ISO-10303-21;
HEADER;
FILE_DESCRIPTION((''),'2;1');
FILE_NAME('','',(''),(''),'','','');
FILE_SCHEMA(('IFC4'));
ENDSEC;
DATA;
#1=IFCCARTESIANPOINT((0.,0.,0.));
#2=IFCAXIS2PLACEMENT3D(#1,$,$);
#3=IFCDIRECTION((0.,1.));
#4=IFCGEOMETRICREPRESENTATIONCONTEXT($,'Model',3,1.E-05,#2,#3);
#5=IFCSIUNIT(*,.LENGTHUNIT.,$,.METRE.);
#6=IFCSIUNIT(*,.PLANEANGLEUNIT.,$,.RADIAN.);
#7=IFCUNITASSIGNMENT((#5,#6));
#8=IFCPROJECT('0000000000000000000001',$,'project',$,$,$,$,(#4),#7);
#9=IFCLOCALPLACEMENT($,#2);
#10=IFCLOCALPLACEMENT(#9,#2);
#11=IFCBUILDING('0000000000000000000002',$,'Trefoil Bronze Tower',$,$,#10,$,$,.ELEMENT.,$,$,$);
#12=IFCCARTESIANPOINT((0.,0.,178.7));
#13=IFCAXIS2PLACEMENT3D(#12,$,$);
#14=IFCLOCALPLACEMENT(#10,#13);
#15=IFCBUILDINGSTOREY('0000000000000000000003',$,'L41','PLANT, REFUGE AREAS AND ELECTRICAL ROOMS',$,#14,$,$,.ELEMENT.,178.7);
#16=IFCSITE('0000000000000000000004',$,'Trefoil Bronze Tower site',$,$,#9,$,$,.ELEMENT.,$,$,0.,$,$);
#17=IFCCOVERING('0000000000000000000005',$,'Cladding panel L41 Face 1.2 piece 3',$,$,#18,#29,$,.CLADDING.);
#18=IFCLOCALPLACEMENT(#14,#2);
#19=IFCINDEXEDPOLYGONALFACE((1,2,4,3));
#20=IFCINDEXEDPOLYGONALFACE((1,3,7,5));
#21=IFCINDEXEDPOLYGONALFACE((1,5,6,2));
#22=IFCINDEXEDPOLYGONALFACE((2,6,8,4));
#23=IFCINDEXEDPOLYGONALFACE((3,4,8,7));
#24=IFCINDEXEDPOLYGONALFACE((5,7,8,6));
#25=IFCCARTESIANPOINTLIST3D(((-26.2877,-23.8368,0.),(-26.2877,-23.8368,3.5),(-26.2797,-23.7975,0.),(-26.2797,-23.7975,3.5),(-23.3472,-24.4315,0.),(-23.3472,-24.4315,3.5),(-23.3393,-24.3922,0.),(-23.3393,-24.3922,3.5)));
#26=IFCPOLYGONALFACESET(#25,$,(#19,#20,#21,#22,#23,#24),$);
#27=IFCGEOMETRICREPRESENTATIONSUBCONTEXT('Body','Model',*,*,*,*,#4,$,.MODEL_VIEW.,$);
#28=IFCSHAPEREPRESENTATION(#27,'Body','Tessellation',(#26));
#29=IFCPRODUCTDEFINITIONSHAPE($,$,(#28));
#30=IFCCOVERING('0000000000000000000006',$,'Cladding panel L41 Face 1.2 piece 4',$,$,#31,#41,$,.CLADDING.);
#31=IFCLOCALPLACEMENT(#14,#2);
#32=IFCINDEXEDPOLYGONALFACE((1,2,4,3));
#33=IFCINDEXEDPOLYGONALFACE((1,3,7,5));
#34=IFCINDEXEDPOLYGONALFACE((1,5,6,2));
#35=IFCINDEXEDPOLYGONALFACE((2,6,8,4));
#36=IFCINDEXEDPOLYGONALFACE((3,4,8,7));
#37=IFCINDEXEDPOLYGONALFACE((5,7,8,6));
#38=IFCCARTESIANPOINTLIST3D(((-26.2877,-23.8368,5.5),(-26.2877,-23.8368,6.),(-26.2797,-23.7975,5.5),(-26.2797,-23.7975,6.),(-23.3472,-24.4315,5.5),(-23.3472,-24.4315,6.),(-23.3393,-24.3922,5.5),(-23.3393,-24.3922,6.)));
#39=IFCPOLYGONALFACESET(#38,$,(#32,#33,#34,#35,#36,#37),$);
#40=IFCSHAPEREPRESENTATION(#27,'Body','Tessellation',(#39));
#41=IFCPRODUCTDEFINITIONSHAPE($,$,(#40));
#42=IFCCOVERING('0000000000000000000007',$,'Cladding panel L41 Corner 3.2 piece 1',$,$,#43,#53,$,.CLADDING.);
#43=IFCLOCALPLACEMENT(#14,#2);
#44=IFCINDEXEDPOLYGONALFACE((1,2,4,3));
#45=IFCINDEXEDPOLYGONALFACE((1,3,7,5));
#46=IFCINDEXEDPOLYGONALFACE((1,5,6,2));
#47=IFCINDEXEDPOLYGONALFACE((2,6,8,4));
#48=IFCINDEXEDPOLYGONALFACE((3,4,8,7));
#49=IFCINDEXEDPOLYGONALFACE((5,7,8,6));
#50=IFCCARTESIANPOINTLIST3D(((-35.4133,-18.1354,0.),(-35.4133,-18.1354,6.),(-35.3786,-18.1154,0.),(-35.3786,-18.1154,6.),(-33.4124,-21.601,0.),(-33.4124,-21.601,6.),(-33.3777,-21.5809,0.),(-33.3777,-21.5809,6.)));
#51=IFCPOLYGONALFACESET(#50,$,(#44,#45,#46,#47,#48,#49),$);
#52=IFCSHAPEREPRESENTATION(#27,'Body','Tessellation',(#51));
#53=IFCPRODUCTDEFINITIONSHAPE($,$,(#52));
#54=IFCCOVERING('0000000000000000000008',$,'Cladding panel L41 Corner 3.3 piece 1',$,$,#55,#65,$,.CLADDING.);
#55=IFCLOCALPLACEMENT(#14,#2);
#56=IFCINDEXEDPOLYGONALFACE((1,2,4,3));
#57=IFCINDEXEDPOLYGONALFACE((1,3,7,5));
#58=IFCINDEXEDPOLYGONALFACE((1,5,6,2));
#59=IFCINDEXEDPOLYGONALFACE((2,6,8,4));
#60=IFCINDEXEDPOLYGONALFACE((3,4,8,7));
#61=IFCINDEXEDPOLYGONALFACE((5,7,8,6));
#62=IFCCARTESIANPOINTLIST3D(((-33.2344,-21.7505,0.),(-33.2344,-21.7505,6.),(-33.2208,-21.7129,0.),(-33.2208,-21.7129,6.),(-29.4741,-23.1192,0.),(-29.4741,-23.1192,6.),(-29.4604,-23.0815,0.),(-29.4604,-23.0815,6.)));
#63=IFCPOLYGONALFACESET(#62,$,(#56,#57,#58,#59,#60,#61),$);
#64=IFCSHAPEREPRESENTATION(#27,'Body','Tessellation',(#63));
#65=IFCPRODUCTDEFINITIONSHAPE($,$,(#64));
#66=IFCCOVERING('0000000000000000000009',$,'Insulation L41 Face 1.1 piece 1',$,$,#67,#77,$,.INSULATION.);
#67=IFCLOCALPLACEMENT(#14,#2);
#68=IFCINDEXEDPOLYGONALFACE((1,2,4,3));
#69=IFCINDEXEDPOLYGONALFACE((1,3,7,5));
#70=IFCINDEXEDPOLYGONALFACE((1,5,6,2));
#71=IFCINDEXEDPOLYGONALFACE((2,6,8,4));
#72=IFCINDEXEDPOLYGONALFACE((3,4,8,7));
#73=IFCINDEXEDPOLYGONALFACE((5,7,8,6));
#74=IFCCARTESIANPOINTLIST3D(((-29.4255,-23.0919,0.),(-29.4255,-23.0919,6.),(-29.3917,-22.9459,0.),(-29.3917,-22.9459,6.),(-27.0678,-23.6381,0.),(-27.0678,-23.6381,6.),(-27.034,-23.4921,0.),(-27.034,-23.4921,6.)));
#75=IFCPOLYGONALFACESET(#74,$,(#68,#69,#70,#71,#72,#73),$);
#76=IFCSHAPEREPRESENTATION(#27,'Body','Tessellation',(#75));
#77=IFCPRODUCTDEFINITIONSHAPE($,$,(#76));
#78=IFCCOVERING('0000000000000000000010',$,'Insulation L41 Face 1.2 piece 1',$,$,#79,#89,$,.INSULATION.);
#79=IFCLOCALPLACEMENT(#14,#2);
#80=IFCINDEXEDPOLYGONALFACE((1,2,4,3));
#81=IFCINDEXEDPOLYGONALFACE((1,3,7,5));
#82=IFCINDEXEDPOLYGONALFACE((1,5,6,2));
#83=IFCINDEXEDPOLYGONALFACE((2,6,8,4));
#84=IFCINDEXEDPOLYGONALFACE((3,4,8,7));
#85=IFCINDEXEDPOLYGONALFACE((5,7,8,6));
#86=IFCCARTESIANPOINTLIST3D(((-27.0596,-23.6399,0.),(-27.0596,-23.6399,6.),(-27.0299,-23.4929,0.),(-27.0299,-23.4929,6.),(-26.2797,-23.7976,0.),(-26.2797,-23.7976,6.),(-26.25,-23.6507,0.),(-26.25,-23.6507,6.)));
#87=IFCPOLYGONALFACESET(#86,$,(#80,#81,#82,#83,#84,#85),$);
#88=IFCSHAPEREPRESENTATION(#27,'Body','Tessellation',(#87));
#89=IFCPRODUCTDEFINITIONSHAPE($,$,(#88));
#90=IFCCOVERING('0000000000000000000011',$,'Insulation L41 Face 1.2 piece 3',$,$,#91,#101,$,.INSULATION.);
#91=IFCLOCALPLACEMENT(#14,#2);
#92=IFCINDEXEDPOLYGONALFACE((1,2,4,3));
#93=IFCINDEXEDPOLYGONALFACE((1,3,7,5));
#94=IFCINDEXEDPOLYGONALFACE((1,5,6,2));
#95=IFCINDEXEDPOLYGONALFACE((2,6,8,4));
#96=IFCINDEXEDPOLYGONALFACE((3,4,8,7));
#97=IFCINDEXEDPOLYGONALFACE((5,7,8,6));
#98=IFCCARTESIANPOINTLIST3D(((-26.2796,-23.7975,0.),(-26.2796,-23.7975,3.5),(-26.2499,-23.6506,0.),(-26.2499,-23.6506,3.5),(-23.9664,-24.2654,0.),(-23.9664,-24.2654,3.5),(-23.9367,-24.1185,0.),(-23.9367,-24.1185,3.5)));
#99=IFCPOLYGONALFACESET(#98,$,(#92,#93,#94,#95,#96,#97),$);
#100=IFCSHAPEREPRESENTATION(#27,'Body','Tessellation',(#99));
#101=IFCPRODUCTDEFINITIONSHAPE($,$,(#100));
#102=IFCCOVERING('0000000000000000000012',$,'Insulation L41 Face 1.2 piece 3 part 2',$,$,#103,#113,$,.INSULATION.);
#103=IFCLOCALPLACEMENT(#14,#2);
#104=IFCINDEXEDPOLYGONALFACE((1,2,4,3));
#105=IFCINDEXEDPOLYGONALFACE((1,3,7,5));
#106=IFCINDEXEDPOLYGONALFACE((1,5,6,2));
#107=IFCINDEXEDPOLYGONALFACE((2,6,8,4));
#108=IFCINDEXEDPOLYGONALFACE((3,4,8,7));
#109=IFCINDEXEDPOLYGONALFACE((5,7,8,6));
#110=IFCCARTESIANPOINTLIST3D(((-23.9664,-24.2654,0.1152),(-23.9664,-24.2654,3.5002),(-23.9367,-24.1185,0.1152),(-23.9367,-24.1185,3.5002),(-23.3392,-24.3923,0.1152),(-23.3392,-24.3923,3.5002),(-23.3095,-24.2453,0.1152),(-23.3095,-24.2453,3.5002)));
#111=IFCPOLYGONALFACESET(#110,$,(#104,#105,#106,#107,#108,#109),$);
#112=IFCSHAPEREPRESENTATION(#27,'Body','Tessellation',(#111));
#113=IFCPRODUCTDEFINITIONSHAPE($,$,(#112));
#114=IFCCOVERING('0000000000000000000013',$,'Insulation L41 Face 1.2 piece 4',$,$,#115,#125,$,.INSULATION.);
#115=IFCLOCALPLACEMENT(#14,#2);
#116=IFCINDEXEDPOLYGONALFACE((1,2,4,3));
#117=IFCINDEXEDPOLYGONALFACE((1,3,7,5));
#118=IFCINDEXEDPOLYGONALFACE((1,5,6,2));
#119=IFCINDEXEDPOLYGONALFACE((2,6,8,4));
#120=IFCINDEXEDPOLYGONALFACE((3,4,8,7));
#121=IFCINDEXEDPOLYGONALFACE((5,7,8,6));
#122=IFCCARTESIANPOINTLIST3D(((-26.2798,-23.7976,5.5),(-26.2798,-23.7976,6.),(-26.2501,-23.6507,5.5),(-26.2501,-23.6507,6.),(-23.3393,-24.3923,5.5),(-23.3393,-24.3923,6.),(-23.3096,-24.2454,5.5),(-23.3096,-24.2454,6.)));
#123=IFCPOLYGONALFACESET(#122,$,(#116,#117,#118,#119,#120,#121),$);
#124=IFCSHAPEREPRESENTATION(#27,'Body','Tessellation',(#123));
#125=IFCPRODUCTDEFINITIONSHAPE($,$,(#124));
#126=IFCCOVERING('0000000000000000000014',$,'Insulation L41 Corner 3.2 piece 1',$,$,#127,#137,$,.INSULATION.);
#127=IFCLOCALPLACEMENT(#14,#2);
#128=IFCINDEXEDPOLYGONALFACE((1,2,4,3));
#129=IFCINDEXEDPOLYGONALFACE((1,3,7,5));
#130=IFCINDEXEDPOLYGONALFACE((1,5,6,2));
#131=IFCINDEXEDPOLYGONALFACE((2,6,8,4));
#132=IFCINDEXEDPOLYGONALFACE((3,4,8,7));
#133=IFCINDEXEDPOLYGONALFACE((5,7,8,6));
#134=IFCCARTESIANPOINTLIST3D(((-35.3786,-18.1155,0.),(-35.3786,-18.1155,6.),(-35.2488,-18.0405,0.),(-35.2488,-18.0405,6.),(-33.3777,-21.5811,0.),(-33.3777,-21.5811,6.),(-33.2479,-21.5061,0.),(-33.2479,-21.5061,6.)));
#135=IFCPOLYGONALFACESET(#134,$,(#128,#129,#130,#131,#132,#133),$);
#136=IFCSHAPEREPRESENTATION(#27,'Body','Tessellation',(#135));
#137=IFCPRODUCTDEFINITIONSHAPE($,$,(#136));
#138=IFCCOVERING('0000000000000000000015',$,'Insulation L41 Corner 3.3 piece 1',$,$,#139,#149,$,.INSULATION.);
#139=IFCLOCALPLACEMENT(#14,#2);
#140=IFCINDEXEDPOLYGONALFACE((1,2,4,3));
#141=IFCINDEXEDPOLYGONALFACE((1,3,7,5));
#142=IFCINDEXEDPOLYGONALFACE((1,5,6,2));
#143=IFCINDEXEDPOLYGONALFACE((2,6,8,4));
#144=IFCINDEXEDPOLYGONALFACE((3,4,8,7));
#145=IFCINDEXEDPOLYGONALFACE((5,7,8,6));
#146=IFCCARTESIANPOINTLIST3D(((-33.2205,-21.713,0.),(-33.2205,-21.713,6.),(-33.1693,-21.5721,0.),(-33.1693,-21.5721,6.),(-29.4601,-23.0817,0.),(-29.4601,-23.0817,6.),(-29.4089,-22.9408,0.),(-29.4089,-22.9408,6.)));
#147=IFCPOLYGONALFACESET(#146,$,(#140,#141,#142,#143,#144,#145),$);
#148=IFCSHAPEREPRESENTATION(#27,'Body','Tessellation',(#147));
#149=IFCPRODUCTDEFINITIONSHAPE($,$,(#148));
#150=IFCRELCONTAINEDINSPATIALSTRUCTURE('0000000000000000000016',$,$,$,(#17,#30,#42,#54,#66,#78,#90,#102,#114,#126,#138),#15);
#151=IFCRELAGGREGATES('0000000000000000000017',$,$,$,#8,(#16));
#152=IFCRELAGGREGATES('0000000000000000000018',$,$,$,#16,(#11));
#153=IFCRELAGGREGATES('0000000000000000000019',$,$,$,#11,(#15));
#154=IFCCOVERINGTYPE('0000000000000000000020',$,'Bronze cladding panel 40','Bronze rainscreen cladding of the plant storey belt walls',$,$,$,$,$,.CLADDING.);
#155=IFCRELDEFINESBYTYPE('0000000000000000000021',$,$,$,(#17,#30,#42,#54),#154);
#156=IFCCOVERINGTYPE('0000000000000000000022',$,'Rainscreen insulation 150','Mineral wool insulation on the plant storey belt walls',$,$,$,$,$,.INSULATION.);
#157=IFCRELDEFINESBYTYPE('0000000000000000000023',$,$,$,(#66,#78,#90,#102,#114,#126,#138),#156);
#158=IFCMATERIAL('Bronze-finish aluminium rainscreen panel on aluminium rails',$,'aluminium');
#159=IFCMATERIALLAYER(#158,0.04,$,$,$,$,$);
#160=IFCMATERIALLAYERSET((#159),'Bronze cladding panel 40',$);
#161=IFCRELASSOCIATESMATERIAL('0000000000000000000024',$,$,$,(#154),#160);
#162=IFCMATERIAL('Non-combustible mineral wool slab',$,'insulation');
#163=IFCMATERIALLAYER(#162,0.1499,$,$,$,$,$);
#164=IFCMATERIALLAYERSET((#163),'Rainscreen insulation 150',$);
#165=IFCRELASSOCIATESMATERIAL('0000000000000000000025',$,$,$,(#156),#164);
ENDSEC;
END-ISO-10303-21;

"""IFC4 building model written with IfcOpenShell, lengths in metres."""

from ifc_helpers import new_model, si_unit, direction, frame, origin, origin_2d, place, context, subcontext, project, spatial, rectangle, extrude, material, layer, layer_set, type_object, element, save


model = new_model("IFC4")

# Units and contexts
model_context = context("Model", 3, precision=1e-05, world=origin(), true_north=direction((0.0, 1.0)))
body_context = subcontext(model_context, "Body", "Model", "MODEL_VIEW")
ifc_project = project(units=[si_unit("LENGTHUNIT", "METRE"), si_unit("PLANEANGLEUNIT", "RADIAN")], contexts=[model_context])

# Site, building, storey
site_placement = place(None, origin())
site = spatial("IfcSite", under=ifc_project, at=site_placement, Name="Trefoil Bronze Tower site", CompositionType="ELEMENT", RefElevation=0.0)
building_placement = place(site_placement, origin())
building = spatial("IfcBuilding", under=site, at=building_placement, Name="Trefoil Bronze Tower", CompositionType="ELEMENT")
storey_placement = place(building_placement, frame((0.0, 0.0, 178.7)))
storey = spatial("IfcBuildingStorey", under=building, at=storey_placement, Name="L41", Description="PLANT, REFUGE AREAS AND ELECTRICAL ROOMS", CompositionType="ELEMENT", Elevation=178.7)

# Coverings
ifc_material_1 = material(Name="Bronze-finish aluminium rainscreen panel on aluminium rails", Category="aluminium")
ifc_layer_1 = layer(ifc_material_1, 0.04)
ifc_layer_set_1 = layer_set([ifc_layer_1], Name="Bronze cladding panel 40")
covering_type_1 = type_object("IfcCoveringType", Name="Bronze cladding panel 40", Description="Bronze rainscreen cladding of the plant storey belt walls", PredefinedType="CLADDING", material=ifc_layer_set_1)
covering_1_placement = place(storey_placement, frame((-24.8135, -24.1145, 0.0), z_axis=(0.0, 0.0, 1.0), x_axis=(0.980155, -0.198232, 0.0)))
element("IfcCovering", 1, at=covering_1_placement, inside=storey, type_object=covering_type_1, Name="Cladding panel L41 Face 1.2 piece 3", PredefinedType="CLADDING", context=body_context, shape_type="SweptSolid", body=[
    extrude(rectangle(XDim=3.0, YDim=0.04, at=origin_2d()), origin(), (0.0, 0.0, 1.0), 3.5),
])
covering_2_placement = place(storey_placement, frame((-24.8135, -24.1145, 5.5), z_axis=(0.0, 0.0, 1.0), x_axis=(0.980155, -0.198232, 0.0)))
element("IfcCovering", 2, at=covering_2_placement, inside=storey, type_object=covering_type_1, Name="Cladding panel L41 Face 1.2 piece 4", PredefinedType="CLADDING", context=body_context, shape_type="SweptSolid", body=[
    extrude(rectangle(XDim=3.0, YDim=0.04, at=origin_2d()), origin(), (0.0, 0.0, 1.0), 0.5),
])
for number, where, z_axis, x_axis, name in (
    (3, (-34.3955, -19.8582, 0.0), (0.0, 0.0, 1.0), (0.5, -0.866025, 0.0), "Cladding panel L41 Corner 3.2 piece 1"),
    (4, (-31.3474, -22.416, 0.0), (0.0, 0.0, 1.0), (0.939693, -0.34202, 0.0), "Cladding panel L41 Corner 3.3 piece 1"),
):
    element("IfcCovering", number, at=place(storey_placement, frame(where, z_axis=z_axis, x_axis=x_axis)), inside=storey, type_object=covering_type_1, Name=name, PredefinedType="CLADDING", context=body_context, shape_type="SweptSolid", body=[
        extrude(rectangle(XDim=4.0017, YDim=0.04, at=origin_2d()), origin(), (0.0, 0.0, 1.0), 6.0),
    ])
ifc_material_2 = material(Name="Non-combustible mineral wool slab", Category="insulation")
ifc_layer_2 = layer(ifc_material_2, 0.1499)
ifc_layer_set_2 = layer_set([ifc_layer_2], Name="Rainscreen insulation 150")
covering_type_2 = type_object("IfcCoveringType", Name="Rainscreen insulation 150", Description="Mineral wool insulation on the plant storey belt walls", PredefinedType="INSULATION", material=ifc_layer_set_2)
covering_3_placement = place(storey_placement, frame((-28.2297, -23.292, 0.0), z_axis=(0.0, 0.0, 1.0), x_axis=(0.974204, -0.225667, 0.0)))
element("IfcCovering", 5, at=covering_3_placement, inside=storey, type_object=covering_type_2, Name="Insulation L41 Face 1.1 piece 1", PredefinedType="INSULATION", context=body_context, shape_type="SweptSolid", body=[
    extrude(rectangle(XDim=2.4202, YDim=0.1499, at=origin_2d()), origin(), (0.0, 0.0, 1.0), 6.0),
])
covering_4_placement = place(storey_placement, frame((-26.6548, -23.6453, 0.0), z_axis=(0.0, 0.0, 1.0), x_axis=(0.980155, -0.198232, 0.0)))
element("IfcCovering", 6, at=covering_4_placement, inside=storey, type_object=covering_type_2, Name="Insulation L41 Face 1.2 piece 1", PredefinedType="INSULATION", context=body_context, shape_type="SweptSolid", body=[
    extrude(rectangle(XDim=0.7957, YDim=0.1499, at=origin_2d()), origin(), (0.0, 0.0, 1.0), 6.0),
])
covering_5_placement = place(storey_placement, frame((-25.1082, -23.958, 0.0), z_axis=(0.0, 0.0, 1.0), x_axis=(0.980155, -0.198232, 0.0)))
element("IfcCovering", 7, at=covering_5_placement, inside=storey, type_object=covering_type_2, Name="Insulation L41 Face 1.2 piece 3", PredefinedType="INSULATION", context=body_context, shape_type="SweptSolid", body=[
    extrude(rectangle(XDim=2.3601, YDim=0.1499, at=origin_2d()), origin(), (0.0, 0.0, 1.0), 3.5),
])
covering_6_placement = place(storey_placement, frame((-23.6379, -24.2554, 0.1152), z_axis=(0.0, 0.0, 1.0), x_axis=(0.980155, -0.198232, 0.0)))
element("IfcCovering", 8, at=covering_6_placement, inside=storey, type_object=covering_type_2, Name="Insulation L41 Face 1.2 piece 3 part 2", PredefinedType="INSULATION", context=body_context, shape_type="SweptSolid", body=[
    extrude(rectangle(XDim=0.6399, YDim=0.1499, at=origin_2d()), origin(), (0.0, 0.0, 1.0), 3.385),
])
covering_7_placement = place(storey_placement, frame((-24.7947, -24.0215, 5.5), z_axis=(0.0, 0.0, 1.0), x_axis=(0.980155, -0.198232, 0.0)))
element("IfcCovering", 9, at=covering_7_placement, inside=storey, type_object=covering_type_2, Name="Insulation L41 Face 1.2 piece 4", PredefinedType="INSULATION", context=body_context, shape_type="SweptSolid", body=[
    extrude(rectangle(XDim=3.0, YDim=0.1499, at=origin_2d()), origin(), (0.0, 0.0, 1.0), 0.5),
])
for number, where, z_axis, x_axis, name in (
    (10, (-34.3132, -19.8108, 0.0), (0.0, 0.0, 1.0), (0.5, -0.866025, 0.0), "Insulation L41 Corner 3.2 piece 1"),
    (11, (-31.3147, -22.3269, 0.0), (0.0, 0.0, 1.0), (0.939693, -0.34202, 0.0), "Insulation L41 Corner 3.3 piece 1"),
):
    element("IfcCovering", number, at=place(storey_placement, frame(where, z_axis=z_axis, x_axis=x_axis)), inside=storey, type_object=covering_type_2, Name=name, PredefinedType="INSULATION", context=body_context, shape_type="SweptSolid", body=[
        extrude(rectangle(XDim=4.0017, YDim=0.1499, at=origin_2d()), origin(), (0.0, 0.0, 1.0), 6.0),
    ])

save(model, "model.ifc")
